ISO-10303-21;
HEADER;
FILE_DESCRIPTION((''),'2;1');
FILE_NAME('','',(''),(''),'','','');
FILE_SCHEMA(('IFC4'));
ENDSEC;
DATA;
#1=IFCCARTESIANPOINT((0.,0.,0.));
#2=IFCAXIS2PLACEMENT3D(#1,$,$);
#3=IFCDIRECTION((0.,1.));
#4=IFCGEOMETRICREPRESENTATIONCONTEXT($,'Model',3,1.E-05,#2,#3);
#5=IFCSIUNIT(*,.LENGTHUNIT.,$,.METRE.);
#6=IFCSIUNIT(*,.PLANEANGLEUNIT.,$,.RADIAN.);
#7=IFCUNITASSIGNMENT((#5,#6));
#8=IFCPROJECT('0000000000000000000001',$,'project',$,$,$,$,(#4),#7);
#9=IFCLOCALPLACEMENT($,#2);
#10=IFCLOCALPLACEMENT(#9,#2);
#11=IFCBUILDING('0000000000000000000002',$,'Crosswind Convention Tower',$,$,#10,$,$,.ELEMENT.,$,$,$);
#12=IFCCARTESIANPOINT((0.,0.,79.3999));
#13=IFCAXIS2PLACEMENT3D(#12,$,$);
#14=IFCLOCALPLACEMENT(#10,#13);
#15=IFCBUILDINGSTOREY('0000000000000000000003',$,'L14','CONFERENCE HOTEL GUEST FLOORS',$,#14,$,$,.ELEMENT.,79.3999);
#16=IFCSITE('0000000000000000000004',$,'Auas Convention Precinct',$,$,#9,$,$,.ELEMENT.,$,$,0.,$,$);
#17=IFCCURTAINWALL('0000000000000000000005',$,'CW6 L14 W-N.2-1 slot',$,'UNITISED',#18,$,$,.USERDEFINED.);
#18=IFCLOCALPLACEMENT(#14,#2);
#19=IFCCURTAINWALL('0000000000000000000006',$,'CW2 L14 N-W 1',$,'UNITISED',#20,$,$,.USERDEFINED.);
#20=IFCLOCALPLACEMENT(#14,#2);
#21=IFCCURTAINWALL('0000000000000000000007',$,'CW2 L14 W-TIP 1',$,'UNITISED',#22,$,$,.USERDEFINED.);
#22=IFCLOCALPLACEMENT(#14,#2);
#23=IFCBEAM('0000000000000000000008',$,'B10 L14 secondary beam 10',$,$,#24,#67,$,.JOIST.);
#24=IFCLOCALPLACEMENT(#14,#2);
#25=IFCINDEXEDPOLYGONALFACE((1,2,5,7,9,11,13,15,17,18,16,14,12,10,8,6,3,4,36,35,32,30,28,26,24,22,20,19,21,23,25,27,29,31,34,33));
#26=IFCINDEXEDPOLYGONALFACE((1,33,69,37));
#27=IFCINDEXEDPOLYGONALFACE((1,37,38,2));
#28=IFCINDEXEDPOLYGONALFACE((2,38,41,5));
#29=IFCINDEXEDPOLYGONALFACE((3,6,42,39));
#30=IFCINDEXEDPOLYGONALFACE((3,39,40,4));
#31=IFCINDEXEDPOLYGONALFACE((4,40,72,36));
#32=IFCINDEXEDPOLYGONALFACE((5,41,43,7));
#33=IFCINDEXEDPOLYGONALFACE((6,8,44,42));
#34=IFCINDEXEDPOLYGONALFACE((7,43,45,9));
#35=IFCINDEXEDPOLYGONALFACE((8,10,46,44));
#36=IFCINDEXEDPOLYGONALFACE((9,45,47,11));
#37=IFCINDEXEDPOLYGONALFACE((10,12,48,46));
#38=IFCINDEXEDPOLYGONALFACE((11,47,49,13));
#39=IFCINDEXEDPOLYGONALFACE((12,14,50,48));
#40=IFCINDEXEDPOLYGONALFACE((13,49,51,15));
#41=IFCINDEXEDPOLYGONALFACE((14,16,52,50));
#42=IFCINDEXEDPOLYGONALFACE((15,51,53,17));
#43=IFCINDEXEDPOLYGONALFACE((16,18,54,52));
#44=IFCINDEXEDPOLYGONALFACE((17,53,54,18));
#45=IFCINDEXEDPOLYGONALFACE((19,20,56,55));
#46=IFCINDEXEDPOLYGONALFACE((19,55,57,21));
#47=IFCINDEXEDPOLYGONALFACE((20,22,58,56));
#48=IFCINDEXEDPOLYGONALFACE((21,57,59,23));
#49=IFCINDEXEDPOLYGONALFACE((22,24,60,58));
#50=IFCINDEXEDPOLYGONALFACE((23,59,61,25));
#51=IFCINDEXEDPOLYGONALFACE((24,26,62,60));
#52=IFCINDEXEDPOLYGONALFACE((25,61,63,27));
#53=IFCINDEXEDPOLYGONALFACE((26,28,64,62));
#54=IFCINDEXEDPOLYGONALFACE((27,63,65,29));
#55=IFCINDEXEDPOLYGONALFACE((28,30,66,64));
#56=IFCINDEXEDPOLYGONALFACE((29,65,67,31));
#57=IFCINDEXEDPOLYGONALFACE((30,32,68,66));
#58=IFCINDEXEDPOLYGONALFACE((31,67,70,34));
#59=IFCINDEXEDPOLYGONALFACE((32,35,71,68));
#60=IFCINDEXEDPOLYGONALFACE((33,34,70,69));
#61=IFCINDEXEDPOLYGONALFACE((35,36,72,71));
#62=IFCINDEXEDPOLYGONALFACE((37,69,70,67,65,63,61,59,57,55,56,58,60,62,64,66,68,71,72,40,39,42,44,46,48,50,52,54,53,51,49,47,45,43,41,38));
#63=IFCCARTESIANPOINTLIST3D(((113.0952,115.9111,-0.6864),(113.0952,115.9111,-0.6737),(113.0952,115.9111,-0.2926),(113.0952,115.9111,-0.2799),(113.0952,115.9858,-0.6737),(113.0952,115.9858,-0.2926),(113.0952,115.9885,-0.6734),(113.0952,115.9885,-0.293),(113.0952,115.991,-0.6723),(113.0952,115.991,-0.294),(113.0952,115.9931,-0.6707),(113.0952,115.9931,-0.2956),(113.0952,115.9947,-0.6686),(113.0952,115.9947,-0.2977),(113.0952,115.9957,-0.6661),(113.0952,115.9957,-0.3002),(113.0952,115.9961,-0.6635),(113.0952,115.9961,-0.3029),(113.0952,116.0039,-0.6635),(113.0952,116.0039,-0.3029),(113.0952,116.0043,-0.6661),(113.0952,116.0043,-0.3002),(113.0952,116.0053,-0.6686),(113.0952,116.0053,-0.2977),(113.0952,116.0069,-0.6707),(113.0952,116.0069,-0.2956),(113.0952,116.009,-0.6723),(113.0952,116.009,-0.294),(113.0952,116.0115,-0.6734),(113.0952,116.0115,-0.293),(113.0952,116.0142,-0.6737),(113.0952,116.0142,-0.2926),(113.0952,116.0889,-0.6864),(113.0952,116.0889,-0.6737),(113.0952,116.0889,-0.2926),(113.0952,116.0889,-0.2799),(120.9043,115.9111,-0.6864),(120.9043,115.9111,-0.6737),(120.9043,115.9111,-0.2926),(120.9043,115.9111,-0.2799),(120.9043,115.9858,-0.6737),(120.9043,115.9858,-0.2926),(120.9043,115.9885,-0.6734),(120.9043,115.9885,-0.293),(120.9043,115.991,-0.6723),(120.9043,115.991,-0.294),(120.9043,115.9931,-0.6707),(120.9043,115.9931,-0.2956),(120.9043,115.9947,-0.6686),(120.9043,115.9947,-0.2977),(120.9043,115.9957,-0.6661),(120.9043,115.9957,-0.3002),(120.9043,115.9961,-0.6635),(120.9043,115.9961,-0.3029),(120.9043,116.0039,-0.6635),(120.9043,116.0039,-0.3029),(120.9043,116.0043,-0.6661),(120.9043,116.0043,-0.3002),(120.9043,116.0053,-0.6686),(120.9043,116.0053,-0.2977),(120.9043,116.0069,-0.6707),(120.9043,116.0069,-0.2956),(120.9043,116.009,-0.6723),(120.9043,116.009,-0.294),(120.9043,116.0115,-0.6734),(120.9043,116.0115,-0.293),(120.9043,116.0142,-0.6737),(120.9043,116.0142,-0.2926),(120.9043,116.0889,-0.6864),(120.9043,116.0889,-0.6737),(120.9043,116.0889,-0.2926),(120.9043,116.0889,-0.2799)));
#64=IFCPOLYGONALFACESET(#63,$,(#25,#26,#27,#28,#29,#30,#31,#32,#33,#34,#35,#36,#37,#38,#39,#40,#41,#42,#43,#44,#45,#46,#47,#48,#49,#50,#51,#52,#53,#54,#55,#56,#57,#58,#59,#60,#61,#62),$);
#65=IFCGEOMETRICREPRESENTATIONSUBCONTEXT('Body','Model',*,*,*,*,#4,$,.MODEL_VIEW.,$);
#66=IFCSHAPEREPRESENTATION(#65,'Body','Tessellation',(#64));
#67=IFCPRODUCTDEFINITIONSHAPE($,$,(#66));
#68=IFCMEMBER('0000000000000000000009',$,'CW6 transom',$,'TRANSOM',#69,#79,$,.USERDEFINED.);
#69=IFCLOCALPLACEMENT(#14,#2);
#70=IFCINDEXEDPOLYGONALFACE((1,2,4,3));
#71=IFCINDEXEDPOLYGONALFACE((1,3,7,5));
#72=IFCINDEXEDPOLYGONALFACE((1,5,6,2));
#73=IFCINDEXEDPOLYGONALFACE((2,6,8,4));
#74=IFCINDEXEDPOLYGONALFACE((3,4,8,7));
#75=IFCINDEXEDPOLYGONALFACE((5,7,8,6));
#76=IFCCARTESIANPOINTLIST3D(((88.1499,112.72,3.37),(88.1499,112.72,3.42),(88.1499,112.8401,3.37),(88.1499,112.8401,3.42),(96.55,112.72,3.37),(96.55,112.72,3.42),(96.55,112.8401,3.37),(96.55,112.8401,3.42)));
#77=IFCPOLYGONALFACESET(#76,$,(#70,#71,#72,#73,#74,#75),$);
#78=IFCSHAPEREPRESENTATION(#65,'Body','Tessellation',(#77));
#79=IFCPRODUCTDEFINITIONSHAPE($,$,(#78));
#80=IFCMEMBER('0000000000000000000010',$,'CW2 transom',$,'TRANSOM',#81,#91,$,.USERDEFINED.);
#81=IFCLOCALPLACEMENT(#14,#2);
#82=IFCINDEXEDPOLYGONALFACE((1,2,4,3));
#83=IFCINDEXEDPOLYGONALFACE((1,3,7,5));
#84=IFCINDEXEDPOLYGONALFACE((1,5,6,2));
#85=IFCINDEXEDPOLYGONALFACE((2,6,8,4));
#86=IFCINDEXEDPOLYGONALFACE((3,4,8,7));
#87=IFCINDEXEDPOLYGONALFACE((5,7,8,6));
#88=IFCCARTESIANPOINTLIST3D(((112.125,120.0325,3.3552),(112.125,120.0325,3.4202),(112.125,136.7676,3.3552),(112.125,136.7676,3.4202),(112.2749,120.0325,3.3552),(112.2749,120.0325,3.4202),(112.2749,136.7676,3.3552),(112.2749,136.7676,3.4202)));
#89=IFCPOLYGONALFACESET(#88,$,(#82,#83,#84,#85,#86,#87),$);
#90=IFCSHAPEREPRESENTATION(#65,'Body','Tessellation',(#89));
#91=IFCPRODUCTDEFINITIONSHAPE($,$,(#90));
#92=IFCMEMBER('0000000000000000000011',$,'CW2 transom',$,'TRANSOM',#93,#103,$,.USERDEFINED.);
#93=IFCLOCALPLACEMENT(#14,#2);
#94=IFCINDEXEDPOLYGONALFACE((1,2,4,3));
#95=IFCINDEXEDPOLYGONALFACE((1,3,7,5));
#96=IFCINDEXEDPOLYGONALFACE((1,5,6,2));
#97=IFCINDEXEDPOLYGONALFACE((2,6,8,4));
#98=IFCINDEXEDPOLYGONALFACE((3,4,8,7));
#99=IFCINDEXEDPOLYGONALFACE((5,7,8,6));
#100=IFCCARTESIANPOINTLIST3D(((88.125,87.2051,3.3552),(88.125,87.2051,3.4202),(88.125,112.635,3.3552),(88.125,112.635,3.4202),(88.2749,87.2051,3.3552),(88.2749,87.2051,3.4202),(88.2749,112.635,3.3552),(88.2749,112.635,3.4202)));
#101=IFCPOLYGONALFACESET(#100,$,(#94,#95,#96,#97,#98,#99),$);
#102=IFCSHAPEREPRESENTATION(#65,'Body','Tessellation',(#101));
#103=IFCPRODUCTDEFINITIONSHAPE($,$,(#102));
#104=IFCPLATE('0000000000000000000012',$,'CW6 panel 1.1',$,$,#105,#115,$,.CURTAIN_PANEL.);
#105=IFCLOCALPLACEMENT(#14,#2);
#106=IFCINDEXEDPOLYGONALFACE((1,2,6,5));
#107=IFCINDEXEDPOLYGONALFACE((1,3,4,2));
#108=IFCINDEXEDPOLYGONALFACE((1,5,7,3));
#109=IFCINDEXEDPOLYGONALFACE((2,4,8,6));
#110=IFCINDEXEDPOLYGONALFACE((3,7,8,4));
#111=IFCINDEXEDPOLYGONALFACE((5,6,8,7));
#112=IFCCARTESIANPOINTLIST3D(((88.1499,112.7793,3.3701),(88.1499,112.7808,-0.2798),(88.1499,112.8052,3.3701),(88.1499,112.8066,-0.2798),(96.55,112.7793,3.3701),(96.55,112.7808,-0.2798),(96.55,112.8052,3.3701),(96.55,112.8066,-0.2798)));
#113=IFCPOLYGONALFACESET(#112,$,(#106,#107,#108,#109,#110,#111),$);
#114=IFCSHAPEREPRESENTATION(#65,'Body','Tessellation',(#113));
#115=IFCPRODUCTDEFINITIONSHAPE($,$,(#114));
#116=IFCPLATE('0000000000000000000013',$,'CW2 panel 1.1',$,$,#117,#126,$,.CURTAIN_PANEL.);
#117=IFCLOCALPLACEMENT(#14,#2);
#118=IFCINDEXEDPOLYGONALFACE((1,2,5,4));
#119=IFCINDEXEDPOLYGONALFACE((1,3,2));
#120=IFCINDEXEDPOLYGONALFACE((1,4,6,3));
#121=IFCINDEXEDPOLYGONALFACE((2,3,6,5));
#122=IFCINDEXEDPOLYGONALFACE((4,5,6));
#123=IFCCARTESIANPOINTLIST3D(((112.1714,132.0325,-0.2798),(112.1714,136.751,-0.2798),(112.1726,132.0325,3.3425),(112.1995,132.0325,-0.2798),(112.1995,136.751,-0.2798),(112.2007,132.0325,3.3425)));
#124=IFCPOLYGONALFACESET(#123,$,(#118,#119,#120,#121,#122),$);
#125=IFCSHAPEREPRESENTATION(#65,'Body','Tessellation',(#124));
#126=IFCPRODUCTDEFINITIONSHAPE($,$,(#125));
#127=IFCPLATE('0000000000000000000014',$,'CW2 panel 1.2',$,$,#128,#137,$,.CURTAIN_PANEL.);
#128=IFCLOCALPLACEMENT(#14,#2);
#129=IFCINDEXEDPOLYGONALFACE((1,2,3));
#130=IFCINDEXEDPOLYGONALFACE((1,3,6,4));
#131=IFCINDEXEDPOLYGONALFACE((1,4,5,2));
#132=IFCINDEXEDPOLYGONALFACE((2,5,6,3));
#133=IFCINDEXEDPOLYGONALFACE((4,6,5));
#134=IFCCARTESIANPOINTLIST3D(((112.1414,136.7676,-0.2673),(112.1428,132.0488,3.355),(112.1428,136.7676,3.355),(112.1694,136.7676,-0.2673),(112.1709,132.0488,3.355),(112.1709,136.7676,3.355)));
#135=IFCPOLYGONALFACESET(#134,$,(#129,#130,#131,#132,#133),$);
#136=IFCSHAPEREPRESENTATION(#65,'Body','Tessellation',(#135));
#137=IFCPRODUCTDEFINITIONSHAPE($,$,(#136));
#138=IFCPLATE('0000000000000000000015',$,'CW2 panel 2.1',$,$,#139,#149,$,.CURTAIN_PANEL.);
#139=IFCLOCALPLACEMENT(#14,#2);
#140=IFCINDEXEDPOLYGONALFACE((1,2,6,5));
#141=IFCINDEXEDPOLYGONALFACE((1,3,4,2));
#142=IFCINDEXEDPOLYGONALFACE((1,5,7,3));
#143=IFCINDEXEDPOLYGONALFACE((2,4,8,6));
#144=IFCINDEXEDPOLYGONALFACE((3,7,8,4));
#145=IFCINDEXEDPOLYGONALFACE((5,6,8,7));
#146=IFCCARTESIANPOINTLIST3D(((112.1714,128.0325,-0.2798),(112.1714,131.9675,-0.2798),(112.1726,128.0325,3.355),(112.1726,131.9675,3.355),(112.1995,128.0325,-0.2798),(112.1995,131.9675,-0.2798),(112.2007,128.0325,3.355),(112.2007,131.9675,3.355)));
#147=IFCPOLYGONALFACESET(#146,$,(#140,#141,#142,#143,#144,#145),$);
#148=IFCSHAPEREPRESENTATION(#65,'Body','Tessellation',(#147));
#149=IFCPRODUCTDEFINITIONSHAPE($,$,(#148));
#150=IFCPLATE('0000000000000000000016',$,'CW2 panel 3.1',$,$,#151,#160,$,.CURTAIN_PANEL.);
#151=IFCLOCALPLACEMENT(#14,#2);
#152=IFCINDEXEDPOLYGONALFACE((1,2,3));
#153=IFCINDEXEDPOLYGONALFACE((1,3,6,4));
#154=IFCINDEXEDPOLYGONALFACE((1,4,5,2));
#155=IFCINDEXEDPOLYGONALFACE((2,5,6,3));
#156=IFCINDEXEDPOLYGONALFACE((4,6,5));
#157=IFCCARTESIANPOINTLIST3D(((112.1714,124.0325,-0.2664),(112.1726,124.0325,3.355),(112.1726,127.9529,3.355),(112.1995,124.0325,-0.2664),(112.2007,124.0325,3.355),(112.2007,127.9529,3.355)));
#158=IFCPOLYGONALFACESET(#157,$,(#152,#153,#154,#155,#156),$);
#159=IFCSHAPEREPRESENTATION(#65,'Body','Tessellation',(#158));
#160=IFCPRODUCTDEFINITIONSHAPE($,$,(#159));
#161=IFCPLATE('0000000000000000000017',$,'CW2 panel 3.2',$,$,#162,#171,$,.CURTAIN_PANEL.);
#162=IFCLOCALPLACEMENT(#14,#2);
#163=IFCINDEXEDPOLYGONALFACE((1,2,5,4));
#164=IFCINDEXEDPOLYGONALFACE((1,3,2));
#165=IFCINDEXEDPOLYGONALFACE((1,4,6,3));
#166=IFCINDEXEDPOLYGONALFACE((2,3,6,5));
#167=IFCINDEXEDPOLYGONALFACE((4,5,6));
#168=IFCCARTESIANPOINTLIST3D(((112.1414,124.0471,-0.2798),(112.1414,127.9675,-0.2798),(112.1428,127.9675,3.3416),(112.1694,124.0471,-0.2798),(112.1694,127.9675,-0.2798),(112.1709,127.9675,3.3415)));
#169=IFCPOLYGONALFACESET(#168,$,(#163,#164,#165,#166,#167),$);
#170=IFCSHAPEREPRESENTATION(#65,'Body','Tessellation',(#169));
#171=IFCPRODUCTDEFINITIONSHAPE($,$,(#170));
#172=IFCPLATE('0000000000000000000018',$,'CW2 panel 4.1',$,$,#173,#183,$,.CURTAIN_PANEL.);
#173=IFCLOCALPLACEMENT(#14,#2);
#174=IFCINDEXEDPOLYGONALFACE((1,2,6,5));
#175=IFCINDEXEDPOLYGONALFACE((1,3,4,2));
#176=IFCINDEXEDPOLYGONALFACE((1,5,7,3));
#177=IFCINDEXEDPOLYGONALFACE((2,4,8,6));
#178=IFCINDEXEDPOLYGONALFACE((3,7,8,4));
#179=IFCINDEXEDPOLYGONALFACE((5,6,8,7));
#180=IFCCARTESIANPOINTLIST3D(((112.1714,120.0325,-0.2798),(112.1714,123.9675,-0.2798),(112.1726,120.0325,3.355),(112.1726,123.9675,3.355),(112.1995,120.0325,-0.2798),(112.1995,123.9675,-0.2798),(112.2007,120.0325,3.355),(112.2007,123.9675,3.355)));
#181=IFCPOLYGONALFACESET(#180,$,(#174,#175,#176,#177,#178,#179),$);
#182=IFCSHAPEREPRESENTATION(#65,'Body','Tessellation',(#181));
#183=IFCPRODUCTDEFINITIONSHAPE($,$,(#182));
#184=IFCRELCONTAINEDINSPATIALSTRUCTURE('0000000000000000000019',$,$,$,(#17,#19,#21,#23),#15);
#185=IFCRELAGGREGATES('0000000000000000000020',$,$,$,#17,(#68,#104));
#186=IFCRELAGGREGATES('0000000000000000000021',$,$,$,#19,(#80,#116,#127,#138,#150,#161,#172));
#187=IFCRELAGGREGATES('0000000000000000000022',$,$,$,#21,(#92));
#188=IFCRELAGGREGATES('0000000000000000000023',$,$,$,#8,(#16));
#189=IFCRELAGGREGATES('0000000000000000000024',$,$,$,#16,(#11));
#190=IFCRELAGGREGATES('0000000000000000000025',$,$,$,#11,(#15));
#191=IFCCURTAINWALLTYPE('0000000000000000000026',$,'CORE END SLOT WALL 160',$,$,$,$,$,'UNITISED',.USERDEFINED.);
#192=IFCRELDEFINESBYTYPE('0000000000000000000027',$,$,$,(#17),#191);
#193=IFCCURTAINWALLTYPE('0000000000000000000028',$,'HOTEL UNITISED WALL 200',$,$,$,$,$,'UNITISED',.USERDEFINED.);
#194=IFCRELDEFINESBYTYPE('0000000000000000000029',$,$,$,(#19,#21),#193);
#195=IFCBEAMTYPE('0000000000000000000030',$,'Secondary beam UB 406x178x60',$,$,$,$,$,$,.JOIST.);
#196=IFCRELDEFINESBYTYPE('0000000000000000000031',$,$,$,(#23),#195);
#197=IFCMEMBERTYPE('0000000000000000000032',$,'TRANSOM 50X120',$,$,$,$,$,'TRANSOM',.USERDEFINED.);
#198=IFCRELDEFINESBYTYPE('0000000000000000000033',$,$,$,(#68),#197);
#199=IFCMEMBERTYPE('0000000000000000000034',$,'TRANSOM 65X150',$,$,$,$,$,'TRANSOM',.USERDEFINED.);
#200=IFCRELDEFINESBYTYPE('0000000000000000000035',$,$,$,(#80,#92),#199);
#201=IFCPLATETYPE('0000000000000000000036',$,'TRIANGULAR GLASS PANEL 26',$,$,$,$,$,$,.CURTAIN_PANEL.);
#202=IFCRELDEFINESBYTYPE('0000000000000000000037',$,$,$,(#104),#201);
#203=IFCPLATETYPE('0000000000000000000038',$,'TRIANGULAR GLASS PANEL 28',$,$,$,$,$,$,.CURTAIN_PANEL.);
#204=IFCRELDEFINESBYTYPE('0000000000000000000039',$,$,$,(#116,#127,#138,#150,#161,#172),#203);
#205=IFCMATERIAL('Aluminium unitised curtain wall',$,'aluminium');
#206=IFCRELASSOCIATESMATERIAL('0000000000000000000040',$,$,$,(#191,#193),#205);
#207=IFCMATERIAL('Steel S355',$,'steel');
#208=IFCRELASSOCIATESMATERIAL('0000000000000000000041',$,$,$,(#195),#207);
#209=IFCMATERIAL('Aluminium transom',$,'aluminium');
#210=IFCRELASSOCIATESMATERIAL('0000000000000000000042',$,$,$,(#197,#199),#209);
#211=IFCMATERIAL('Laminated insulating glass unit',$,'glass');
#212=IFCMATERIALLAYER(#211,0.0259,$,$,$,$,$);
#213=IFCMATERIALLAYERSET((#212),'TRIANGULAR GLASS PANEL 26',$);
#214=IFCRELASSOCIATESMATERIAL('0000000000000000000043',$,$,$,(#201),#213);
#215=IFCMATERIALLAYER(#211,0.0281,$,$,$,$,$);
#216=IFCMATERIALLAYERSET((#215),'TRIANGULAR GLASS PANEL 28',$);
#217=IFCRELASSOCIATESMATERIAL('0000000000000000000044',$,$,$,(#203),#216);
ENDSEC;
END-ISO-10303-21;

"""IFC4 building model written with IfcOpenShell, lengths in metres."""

from ifc_helpers import new_model, si_unit, direction, frame, origin, origin_2d, place, context, subcontext, project, spatial, polyline, rectangle, i_section, outline, extrude, material, layer, layer_set, material_profile, profile_set, type_object, element, aggregate, save


model = new_model("IFC4")

# Units and contexts
model_context = context("Model", 3, precision=1e-05, world=origin(), true_north=direction((0.0, 1.0)))
body_context = subcontext(model_context, "Body", "Model", "MODEL_VIEW")
ifc_project = project(units=[si_unit("LENGTHUNIT", "METRE"), si_unit("PLANEANGLEUNIT", "RADIAN")], contexts=[model_context])

# Site, building, storey
site_placement = place(None, origin())
site = spatial("IfcSite", under=ifc_project, at=site_placement, Name="Auas Convention Precinct", CompositionType="ELEMENT", RefElevation=0.0)
building_placement = place(site_placement, origin())
building = spatial("IfcBuilding", under=site, at=building_placement, Name="Crosswind Convention Tower", CompositionType="ELEMENT")
storey_placement = place(building_placement, frame((0.0, 0.0, 79.3999)))
storey = spatial("IfcBuildingStorey", under=building, at=storey_placement, Name="L14", Description="CONFERENCE HOTEL GUEST FLOORS", CompositionType="ELEMENT", Elevation=79.3999)

# Shared definitions
ifc_material_1 = material(Name="Steel S355", Category="steel")

# Curtain wall
ifc_material_2 = material(Name="Aluminium unitised curtain wall", Category="aluminium")
curtain_wall_type_1 = type_object("IfcCurtainWallType", Name="CORE END SLOT WALL 160", ElementType="UNITISED", PredefinedType="USERDEFINED", material=ifc_material_2)
curtain_wall_1_placement = place(storey_placement, origin())
curtain_wall_1 = element("IfcCurtainWall", 1, at=curtain_wall_1_placement, inside=storey, type_object=curtain_wall_type_1, Name="CW6 L14 W-N.2-1 slot", ObjectType="UNITISED", PredefinedType="USERDEFINED")

# Shared definitions
curtain_wall_type_2 = type_object("IfcCurtainWallType", Name="HOTEL UNITISED WALL 200", ElementType="UNITISED", PredefinedType="USERDEFINED", material=ifc_material_2)

# Curtain wall
curtain_wall_2_placement = place(storey_placement, origin())
curtain_wall_2 = element("IfcCurtainWall", 2, at=curtain_wall_2_placement, inside=storey, type_object=curtain_wall_type_2, Name="CW2 L14 N-W 1", ObjectType="UNITISED", PredefinedType="USERDEFINED")

# Curtain wall
curtain_wall_3_placement = place(storey_placement, origin())
curtain_wall_3 = element("IfcCurtainWall", 3, at=curtain_wall_3_placement, inside=storey, type_object=curtain_wall_type_2, Name="CW2 L14 W-TIP 1", ObjectType="UNITISED", PredefinedType="USERDEFINED")

# Beam
ifc_material_profile_1 = material_profile(ifc_material_1, i_section(OverallWidth=0.1777, OverallDepth=0.4065, WebThickness=0.0078, FlangeThickness=0.0127, FilletRadius=0.0103, at=origin_2d()), Name="UB 406x178x60")
ifc_profile_set_1 = profile_set([ifc_material_profile_1], Name="Steel S355")
beam_type_1 = type_object("IfcBeamType", Name="Secondary beam UB 406x178x60", PredefinedType="JOIST", material=ifc_profile_set_1)
beam_1_placement = place(storey_placement, frame((113.0952, 116.0, -0.4832), z_axis=(1.0, 0.0, 0.0), x_axis=(0.0, 1.0, 0.0)))
element("IfcBeam", 4, at=beam_1_placement, inside=storey, type_object=beam_type_1, Name="B10 L14 secondary beam 10", PredefinedType="JOIST", context=body_context, shape_type="SweptSolid", body=[
    extrude(i_section(OverallWidth=0.1777, OverallDepth=0.4065, WebThickness=0.0078, FlangeThickness=0.0127, FilletRadius=0.0103, at=origin_2d()), origin(), (0.0, 0.0, 1.0), 7.8091),
])

# Members
ifc_material_3 = material(Name="Aluminium transom", Category="aluminium")
ifc_material_profile_2 = material_profile(ifc_material_3, rectangle(XDim=0.1201, YDim=0.05, at=origin_2d()), Name="AL 120X50")
ifc_profile_set_2 = profile_set([ifc_material_profile_2], Name="Aluminium transom")
member_type_1 = type_object("IfcMemberType", Name="TRANSOM 50X120", ElementType="TRANSOM", PredefinedType="USERDEFINED", material=ifc_profile_set_2)
member_1_placement = place(storey_placement, frame((96.55, 112.78, 3.395), z_axis=(-1.0, 0.0, 0.0), x_axis=(0.0, -1.0, 0.0)))
member_1 = element("IfcMember", 5, at=member_1_placement, type_object=member_type_1, Name="CW6 transom", ObjectType="TRANSOM", PredefinedType="USERDEFINED", context=body_context, shape_type="SweptSolid", body=[
    extrude(rectangle(XDim=0.1201, YDim=0.05, at=origin_2d()), origin(), (0.0, 0.0, 1.0), 8.4001),
])
ifc_material_profile_3 = material_profile(ifc_material_3, rectangle(XDim=0.1499, YDim=0.0649, at=origin_2d()), Name="AL 150X65")
ifc_profile_set_3 = profile_set([ifc_material_profile_3], Name="Aluminium transom")
member_type_2 = type_object("IfcMemberType", Name="TRANSOM 65X150", ElementType="TRANSOM", PredefinedType="USERDEFINED", material=ifc_profile_set_3)
member_2_placement = place(storey_placement, frame((112.2, 136.7676, 3.3877), z_axis=(0.0, -1.0, 0.0), x_axis=(1.0, 0.0, 0.0)))
member_2 = element("IfcMember", 6, at=member_2_placement, type_object=member_type_2, Name="CW2 transom", ObjectType="TRANSOM", PredefinedType="USERDEFINED", context=body_context, shape_type="SweptSolid", body=[
    extrude(rectangle(XDim=0.1499, YDim=0.0649, at=origin_2d()), origin(), (0.0, 0.0, 1.0), 16.7351),
])
member_3_placement = place(storey_placement, frame((88.2, 112.635, 3.3877), z_axis=(0.0, -1.0, 0.0), x_axis=(1.0, 0.0, 0.0)))
member_3 = element("IfcMember", 7, at=member_3_placement, type_object=member_type_2, Name="CW2 transom", ObjectType="TRANSOM", PredefinedType="USERDEFINED", context=body_context, shape_type="SweptSolid", body=[
    extrude(rectangle(XDim=0.1499, YDim=0.0649, at=origin_2d()), origin(), (0.0, 0.0, 1.0), 25.4299),
])

# Plates
ifc_material_4 = material(Name="Laminated insulating glass unit", Category="glass")
ifc_layer_1 = layer(ifc_material_4, 0.0259)
ifc_layer_set_1 = layer_set([ifc_layer_1], Name="TRIANGULAR GLASS PANEL 26")
plate_type_1 = type_object("IfcPlateType", Name="TRIANGULAR GLASS PANEL 26", PredefinedType="CURTAIN_PANEL", material=ifc_layer_set_1)
plate_1_placement = place(storey_placement, frame((96.55, 112.8066, -0.2798), z_axis=(0.0, 1.0, 0.000401), x_axis=(-1.0, 0.0, 0.0)))
plate_1 = element("IfcPlate", 8, at=plate_1_placement, type_object=plate_type_1, Name="CW6 panel 1.1", PredefinedType="CURTAIN_PANEL", context=body_context, shape_type="SweptSolid", body=[
    extrude(outline(polyline([(0.0, 0.0), (8.4001, 0.0), (8.4001, 3.6499), (0.0, 3.6499), (0.0, 0.0)])), origin(), (0.0, 0.0, -1.0), 0.0259),
])
aggregate(curtain_wall_1, [member_1, plate_1])
ifc_layer_2 = layer(ifc_material_4, 0.0281)
ifc_layer_set_2 = layer_set([ifc_layer_2], Name="TRIANGULAR GLASS PANEL 28")
plate_type_2 = type_object("IfcPlateType", Name="TRIANGULAR GLASS PANEL 28", PredefinedType="CURTAIN_PANEL", material=ifc_layer_set_2)
plate_2_placement = place(storey_placement, frame((112.1714, 132.0325, -0.2798), z_axis=(-1.0, 0.0, 0.000337), x_axis=(0.000337, 0.0, 1.0)))
plate_2 = element("IfcPlate", 9, at=plate_2_placement, type_object=plate_type_2, Name="CW2 panel 1.1", PredefinedType="CURTAIN_PANEL", context=body_context, shape_type="SweptSolid", body=[
    extrude(outline(polyline([(0.0, 0.0), (3.6223, 0.0), (0.0, 4.7185), (0.0, 0.0)])), origin(), (0.0, 0.0, -1.0), 0.0281),
])
plate_3_placement = place(storey_placement, frame((112.1428, 136.7676, 3.355), z_axis=(-1.0, 0.0, 0.000404), x_axis=(-0.000404, 0.0, -1.0)))
plate_3 = element("IfcPlate", 10, at=plate_3_placement, type_object=plate_type_2, Name="CW2 panel 1.2", PredefinedType="CURTAIN_PANEL", context=body_context, shape_type="SweptSolid", body=[
    extrude(outline(polyline([(0.0, 0.0), (3.6223, 0.0), (0.0, 4.7188), (0.0, 0.0)])), origin(), (0.0, 0.0, -1.0), 0.0281),
])
plate_4_placement = place(storey_placement, frame((112.1714, 131.9675, -0.2798), z_axis=(-1.0, 0.0, 0.000336), x_axis=(0.0, -1.0, 0.0)))
plate_4 = element("IfcPlate", 11, at=plate_4_placement, type_object=plate_type_2, Name="CW2 panel 2.1", PredefinedType="CURTAIN_PANEL", context=body_context, shape_type="SweptSolid", body=[
    extrude(outline(polyline([(0.0, 0.0), (3.9351, 0.0), (3.9351, 3.6348), (0.0, 3.6348), (0.0, 0.0)])), origin(), (0.0, 0.0, -1.0), 0.0281),
])
plate_5_placement = place(storey_placement, frame((112.1726, 124.0325, 3.355), z_axis=(-1.0, 0.0, 0.000337), x_axis=(0.0, 1.0, 0.0)))
plate_5 = element("IfcPlate", 12, at=plate_5_placement, type_object=plate_type_2, Name="CW2 panel 3.1", PredefinedType="CURTAIN_PANEL", context=body_context, shape_type="SweptSolid", body=[
    extrude(outline(polyline([(0.0, 0.0), (3.9204, 0.0), (0.0, 3.6213), (0.0, 0.0)])), origin(), (0.0, 0.0, -1.0), 0.0281),
])
plate_6_placement = place(storey_placement, frame((112.1414, 127.9675, -0.2798), z_axis=(-1.0, 0.0, 0.000405), x_axis=(0.0, -1.0, 0.0)))
plate_6 = element("IfcPlate", 13, at=plate_6_placement, type_object=plate_type_2, Name="CW2 panel 3.2", PredefinedType="CURTAIN_PANEL", context=body_context, shape_type="SweptSolid", body=[
    extrude(outline(polyline([(0.0, 0.0), (3.9204, 0.0), (0.0, 3.6213), (0.0, 0.0)])), origin(), (0.0, 0.0, -1.0), 0.0281),
])
plate_7_placement = place(storey_placement, frame((112.1714, 123.9675, -0.2798), z_axis=(-1.0, 0.0, 0.000336), x_axis=(0.0, -1.0, 0.0)))
plate_7 = element("IfcPlate", 14, at=plate_7_placement, type_object=plate_type_2, Name="CW2 panel 4.1", PredefinedType="CURTAIN_PANEL", context=body_context, shape_type="SweptSolid", body=[
    extrude(outline(polyline([(0.0, 0.0), (3.9351, 0.0), (3.9351, 3.6348), (0.0, 3.6348), (0.0, 0.0)])), origin(), (0.0, 0.0, -1.0), 0.0281),
])

aggregate(curtain_wall_2, [member_2, plate_2, plate_3, plate_4, plate_5, plate_6, plate_7])
aggregate(curtain_wall_3, [member_3])

save(model, "model.ifc")
